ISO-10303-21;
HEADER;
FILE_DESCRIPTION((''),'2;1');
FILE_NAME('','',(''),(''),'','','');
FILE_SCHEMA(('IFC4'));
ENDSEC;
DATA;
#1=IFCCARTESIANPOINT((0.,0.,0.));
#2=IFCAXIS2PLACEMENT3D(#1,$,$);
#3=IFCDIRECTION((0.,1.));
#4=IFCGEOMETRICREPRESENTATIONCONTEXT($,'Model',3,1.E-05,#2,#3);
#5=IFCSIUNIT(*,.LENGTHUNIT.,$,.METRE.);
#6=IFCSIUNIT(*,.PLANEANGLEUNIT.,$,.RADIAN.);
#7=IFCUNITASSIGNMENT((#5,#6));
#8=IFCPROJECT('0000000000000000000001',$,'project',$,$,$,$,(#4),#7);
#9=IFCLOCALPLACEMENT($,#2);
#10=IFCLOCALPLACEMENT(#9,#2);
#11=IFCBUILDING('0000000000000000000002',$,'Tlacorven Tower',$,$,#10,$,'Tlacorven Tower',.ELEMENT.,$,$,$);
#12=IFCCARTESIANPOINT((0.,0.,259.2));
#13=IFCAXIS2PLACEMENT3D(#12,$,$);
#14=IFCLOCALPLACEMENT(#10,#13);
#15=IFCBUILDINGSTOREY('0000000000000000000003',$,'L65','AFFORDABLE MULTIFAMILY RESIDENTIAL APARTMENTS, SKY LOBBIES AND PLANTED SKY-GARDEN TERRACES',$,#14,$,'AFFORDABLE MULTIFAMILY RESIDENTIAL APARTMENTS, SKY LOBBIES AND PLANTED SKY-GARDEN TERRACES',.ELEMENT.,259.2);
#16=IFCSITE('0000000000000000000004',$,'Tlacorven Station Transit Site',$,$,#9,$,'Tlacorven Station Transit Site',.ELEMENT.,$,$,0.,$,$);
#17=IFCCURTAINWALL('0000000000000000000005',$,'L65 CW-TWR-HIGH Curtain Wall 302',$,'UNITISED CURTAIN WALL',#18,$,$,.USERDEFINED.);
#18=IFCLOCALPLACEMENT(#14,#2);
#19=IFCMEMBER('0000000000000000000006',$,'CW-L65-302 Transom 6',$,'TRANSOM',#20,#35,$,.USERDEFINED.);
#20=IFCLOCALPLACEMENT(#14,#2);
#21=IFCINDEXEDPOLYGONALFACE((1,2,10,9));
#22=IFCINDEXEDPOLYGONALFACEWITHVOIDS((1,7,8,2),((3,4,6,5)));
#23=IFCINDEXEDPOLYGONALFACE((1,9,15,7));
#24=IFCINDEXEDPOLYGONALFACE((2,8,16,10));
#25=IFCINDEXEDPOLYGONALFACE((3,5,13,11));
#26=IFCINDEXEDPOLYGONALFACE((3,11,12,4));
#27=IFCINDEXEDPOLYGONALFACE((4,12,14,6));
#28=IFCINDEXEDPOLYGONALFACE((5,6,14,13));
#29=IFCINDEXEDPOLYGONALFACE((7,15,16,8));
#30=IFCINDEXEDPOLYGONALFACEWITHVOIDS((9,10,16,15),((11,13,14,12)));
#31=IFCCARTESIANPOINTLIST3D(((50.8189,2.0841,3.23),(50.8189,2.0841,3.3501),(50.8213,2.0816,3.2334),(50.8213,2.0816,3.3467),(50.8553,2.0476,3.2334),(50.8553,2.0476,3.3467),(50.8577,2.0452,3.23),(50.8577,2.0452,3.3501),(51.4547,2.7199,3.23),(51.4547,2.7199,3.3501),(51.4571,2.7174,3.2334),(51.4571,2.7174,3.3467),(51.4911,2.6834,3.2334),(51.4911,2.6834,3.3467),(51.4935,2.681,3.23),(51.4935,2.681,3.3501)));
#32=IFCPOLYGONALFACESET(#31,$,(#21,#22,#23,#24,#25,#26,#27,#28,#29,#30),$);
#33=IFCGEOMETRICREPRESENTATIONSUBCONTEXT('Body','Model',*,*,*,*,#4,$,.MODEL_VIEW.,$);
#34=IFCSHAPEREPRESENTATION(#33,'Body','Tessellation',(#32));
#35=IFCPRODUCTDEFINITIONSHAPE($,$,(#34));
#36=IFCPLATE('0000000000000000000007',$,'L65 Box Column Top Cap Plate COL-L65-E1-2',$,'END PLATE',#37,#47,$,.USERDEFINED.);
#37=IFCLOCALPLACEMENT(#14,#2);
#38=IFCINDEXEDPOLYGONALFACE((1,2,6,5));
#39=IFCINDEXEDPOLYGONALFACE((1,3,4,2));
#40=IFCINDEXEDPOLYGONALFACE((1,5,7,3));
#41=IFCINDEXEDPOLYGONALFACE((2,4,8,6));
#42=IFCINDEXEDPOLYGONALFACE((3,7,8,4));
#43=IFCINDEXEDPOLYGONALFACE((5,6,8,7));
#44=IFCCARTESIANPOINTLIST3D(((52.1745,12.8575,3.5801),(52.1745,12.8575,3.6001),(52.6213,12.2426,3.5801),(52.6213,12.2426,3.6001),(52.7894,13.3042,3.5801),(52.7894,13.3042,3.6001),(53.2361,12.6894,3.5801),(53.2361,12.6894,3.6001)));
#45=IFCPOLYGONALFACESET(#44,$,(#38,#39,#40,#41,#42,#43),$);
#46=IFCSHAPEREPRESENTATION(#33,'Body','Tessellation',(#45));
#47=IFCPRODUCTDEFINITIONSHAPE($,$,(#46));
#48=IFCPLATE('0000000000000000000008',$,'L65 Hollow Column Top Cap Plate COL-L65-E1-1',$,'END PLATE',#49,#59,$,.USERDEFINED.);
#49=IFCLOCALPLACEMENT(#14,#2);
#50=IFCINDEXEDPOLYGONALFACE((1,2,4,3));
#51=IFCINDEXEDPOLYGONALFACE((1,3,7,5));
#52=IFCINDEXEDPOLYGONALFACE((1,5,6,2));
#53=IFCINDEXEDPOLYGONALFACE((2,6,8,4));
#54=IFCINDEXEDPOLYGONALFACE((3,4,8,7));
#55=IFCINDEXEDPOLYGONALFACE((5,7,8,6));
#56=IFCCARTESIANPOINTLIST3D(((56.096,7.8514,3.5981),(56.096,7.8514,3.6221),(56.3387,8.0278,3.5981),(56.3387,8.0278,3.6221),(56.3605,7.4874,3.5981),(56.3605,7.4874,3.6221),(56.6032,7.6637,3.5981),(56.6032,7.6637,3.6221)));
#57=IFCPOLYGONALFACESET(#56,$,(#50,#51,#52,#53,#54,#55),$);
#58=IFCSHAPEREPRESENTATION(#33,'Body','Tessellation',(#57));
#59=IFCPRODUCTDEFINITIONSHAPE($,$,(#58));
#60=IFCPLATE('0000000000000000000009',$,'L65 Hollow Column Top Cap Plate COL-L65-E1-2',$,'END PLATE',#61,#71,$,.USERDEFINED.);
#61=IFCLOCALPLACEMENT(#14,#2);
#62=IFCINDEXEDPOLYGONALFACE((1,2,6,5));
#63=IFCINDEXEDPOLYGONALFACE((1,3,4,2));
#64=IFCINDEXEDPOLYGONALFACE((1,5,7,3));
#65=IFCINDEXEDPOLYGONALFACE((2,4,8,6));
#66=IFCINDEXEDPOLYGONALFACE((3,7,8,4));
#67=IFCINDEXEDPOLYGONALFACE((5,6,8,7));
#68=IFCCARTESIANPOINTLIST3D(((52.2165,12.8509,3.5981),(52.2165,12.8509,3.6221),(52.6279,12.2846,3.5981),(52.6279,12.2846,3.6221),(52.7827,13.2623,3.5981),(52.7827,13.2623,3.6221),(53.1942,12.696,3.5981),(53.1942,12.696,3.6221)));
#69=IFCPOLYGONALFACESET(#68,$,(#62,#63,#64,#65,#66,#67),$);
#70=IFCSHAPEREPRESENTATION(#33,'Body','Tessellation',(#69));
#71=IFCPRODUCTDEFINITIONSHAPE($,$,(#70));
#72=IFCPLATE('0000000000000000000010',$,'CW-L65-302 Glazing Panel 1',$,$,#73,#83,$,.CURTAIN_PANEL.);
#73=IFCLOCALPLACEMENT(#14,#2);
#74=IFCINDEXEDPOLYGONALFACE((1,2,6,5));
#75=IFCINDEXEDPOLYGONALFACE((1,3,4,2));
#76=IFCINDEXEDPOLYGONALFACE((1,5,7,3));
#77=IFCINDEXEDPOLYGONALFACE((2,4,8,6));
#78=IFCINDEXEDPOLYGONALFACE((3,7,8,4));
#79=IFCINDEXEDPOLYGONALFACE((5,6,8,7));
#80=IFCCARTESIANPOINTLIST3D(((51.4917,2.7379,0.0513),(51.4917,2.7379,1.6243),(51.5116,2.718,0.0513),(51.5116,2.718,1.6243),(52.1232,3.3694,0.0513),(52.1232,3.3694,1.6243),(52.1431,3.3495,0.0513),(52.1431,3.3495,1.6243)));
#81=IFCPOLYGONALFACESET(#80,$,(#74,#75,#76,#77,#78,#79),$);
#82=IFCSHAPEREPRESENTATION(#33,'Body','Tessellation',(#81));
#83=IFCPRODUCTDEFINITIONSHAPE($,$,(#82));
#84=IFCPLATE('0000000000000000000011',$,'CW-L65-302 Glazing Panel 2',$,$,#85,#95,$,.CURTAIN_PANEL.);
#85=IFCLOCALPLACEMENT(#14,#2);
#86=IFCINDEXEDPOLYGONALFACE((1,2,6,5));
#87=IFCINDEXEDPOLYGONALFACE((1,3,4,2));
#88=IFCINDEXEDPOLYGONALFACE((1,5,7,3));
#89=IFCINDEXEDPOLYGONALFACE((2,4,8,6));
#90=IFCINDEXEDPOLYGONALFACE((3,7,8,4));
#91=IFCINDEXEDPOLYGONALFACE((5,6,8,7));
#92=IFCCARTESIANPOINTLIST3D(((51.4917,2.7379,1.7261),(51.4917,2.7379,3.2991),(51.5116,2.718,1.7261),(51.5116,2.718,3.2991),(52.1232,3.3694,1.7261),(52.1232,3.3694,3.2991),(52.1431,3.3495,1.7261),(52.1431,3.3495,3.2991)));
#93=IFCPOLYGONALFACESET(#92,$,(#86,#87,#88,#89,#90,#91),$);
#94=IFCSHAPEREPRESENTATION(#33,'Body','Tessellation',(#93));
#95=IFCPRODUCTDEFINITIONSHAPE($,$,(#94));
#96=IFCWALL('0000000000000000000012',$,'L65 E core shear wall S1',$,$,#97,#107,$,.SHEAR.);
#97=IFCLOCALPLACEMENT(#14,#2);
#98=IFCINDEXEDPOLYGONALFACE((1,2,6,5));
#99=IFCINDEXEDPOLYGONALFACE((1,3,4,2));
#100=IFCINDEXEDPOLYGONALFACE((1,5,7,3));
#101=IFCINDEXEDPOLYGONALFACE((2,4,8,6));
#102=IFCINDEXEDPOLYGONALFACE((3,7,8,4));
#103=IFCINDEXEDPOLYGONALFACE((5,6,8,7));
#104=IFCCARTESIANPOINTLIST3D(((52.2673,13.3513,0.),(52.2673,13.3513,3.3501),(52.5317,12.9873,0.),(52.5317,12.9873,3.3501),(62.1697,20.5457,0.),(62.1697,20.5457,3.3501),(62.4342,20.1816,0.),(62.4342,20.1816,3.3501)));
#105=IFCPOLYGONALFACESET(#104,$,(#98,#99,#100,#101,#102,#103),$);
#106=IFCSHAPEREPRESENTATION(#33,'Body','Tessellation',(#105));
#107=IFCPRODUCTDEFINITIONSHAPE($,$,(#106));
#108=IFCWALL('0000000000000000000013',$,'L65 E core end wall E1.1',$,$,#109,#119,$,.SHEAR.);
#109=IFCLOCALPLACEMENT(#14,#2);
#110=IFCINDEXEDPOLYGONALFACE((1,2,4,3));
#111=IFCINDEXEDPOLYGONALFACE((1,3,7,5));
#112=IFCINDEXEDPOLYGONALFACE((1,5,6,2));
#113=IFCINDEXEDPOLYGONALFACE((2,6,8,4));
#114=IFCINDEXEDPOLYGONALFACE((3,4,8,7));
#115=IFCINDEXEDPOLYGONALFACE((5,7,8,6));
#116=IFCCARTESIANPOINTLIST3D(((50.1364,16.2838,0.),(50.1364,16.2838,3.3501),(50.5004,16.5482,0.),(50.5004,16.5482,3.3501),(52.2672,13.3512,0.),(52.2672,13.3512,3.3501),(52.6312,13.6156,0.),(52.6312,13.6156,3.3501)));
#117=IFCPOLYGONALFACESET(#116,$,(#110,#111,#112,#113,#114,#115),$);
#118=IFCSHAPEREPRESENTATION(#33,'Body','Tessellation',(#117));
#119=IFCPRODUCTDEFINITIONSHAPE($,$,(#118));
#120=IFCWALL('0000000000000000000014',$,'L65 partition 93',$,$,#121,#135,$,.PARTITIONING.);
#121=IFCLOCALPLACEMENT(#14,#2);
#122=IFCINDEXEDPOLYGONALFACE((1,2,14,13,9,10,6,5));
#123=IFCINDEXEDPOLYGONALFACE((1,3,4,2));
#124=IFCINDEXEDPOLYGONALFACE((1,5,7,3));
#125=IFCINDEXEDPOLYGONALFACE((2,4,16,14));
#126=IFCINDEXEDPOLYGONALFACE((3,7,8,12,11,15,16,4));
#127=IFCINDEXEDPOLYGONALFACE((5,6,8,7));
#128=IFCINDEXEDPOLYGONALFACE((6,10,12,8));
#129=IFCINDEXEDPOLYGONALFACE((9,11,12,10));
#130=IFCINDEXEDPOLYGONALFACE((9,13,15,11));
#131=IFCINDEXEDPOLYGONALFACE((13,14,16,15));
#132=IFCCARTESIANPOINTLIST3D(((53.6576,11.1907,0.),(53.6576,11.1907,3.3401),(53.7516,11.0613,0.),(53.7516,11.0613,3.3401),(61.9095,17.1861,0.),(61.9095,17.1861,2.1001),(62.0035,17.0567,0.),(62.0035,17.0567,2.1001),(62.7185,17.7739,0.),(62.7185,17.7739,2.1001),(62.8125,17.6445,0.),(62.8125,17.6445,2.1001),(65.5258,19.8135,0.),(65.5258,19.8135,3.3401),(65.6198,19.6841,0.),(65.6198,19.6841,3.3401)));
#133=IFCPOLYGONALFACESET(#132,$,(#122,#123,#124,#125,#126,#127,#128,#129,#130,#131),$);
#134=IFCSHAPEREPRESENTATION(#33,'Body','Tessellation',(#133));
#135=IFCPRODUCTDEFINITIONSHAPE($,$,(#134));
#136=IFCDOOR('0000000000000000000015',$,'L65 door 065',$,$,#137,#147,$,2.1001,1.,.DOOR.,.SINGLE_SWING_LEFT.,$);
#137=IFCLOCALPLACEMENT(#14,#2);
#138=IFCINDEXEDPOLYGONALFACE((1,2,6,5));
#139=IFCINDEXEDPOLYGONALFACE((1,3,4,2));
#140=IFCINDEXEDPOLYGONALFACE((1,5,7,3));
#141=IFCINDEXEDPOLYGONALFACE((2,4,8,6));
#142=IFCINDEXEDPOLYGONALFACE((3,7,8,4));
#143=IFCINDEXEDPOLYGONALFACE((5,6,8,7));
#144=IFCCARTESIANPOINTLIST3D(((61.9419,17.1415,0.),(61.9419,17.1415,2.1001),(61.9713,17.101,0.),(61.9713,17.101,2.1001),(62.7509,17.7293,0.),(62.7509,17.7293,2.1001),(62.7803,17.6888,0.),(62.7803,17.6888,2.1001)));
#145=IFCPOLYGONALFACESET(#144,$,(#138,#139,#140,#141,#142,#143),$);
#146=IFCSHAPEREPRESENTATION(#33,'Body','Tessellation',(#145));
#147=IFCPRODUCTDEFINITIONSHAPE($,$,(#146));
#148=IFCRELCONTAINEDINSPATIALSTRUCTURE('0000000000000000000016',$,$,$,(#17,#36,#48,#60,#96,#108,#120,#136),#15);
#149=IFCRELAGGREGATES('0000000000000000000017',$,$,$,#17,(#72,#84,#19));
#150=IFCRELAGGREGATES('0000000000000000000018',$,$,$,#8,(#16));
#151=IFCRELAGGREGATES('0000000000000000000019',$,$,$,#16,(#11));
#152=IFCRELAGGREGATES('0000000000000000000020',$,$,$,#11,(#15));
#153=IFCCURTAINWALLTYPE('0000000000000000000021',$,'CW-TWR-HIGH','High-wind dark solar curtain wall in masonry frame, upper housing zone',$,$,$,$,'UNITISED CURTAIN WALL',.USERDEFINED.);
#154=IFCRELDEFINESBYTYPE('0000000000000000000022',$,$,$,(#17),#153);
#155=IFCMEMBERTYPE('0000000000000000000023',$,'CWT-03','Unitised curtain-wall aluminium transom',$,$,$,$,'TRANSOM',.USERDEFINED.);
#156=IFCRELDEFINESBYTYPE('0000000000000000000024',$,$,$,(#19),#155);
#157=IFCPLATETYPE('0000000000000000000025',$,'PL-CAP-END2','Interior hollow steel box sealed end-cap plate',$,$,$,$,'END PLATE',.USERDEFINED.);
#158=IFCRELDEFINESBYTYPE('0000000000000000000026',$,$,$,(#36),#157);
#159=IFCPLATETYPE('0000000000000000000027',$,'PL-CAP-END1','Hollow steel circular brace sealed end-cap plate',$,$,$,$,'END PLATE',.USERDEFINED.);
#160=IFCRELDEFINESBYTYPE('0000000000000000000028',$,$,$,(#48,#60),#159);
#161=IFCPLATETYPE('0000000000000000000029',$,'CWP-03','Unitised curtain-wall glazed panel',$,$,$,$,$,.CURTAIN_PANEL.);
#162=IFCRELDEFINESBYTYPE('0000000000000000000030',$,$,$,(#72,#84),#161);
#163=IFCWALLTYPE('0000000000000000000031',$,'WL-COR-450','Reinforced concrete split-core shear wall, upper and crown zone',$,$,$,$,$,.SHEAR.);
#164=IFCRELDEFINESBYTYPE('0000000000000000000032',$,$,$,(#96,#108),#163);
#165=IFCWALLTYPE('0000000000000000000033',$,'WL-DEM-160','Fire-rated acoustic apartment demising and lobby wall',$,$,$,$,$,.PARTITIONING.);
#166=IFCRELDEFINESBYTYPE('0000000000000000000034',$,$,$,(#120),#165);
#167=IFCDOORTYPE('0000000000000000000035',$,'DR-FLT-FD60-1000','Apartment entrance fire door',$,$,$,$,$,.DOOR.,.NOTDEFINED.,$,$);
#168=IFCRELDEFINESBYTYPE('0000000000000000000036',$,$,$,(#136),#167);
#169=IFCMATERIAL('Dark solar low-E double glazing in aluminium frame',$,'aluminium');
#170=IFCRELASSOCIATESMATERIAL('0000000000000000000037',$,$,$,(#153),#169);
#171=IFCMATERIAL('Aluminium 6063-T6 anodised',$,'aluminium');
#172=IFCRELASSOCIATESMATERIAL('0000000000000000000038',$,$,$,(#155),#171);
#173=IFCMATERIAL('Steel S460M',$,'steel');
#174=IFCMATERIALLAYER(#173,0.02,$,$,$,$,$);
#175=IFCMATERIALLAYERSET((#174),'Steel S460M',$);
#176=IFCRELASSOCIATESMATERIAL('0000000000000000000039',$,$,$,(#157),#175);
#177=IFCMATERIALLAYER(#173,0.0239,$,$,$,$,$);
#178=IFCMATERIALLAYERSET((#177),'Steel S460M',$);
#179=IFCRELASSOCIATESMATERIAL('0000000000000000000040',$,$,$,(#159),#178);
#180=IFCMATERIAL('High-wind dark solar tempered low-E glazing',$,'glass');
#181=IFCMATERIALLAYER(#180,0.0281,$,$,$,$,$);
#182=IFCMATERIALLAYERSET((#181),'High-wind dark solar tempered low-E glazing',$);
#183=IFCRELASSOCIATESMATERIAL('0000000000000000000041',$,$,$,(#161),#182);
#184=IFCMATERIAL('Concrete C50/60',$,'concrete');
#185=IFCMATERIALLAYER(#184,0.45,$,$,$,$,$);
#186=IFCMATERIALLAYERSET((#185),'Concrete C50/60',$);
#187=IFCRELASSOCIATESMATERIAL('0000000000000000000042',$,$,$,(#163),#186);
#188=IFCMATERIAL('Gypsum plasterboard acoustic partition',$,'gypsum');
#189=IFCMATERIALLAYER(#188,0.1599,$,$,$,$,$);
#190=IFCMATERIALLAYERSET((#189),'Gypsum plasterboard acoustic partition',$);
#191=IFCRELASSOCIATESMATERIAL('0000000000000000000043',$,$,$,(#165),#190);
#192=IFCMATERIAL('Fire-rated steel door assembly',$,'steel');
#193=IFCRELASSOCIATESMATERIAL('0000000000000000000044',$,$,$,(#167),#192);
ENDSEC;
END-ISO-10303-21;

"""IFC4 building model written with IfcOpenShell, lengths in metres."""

from ifc_helpers import new_model, si_unit, direction, frame, frame_2d, origin, origin_2d, place, context, subcontext, project, spatial, rectangle, hollow_rectangle, extrude, source, transform, mapped, material, layer, layer_set, material_profile, profile_set, type_object, element, fill, aggregate, save


model = new_model("IFC4")

# Units and contexts
model_context = context("Model", 3, precision=1e-05, world=origin(), true_north=direction((0.0, 1.0)))
body_context = subcontext(model_context, "Body", "Model", "MODEL_VIEW")
ifc_project = project(units=[si_unit("LENGTHUNIT", "METRE"), si_unit("PLANEANGLEUNIT", "RADIAN")], contexts=[model_context])

# Site, building, storey
site_placement = place(None, origin())
site = spatial("IfcSite", under=ifc_project, at=site_placement, Name="Tlacorven Station Transit Site", LongName="Tlacorven Station Transit Site", CompositionType="ELEMENT", RefElevation=0.0)
building_placement = place(site_placement, origin())
building = spatial("IfcBuilding", under=site, at=building_placement, Name="Tlacorven Tower", LongName="Tlacorven Tower", CompositionType="ELEMENT")
storey_placement = place(building_placement, frame((0.0, 0.0, 259.2)))
storey = spatial("IfcBuildingStorey", under=building, at=storey_placement, Name="L65", Description="AFFORDABLE MULTIFAMILY RESIDENTIAL APARTMENTS, SKY LOBBIES AND PLANTED SKY-GARDEN TERRACES", LongName="AFFORDABLE MULTIFAMILY RESIDENTIAL APARTMENTS, SKY LOBBIES AND PLANTED SKY-GARDEN TERRACES", CompositionType="ELEMENT", Elevation=259.2)

# Shared definitions
ifc_material_1 = material(Name="Steel S460M", Category="steel")

# Curtain wall, member
ifc_material_2 = material(Name="Dark solar low-E double glazing in aluminium frame", Category="aluminium")
curtain_wall_type = type_object("IfcCurtainWallType", Name="CW-TWR-HIGH", Description="High-wind dark solar curtain wall in masonry frame, upper housing zone", ElementType="UNITISED CURTAIN WALL", PredefinedType="USERDEFINED", material=ifc_material_2)
curtain_wall_placement = place(storey_placement, origin())
curtain_wall = element("IfcCurtainWall", 1, at=curtain_wall_placement, inside=storey, type_object=curtain_wall_type, Name="L65 CW-TWR-HIGH Curtain Wall 302", ObjectType="UNITISED CURTAIN WALL", PredefinedType="USERDEFINED")
ifc_material_3 = material(Name="Aluminium 6063-T6 anodised", Category="aluminium")
ifc_material_profile_1 = material_profile(ifc_material_3, hollow_rectangle(XDim=0.0549, YDim=0.1201, WallThickness=0.0034, at=origin_2d()), Name="ALU TRANSOM 55X120")
ifc_profile_set_1 = profile_set([ifc_material_profile_1], Name="Aluminium 6063-T6 anodised")
member_type_1 = type_object("IfcMemberType", Name="CWT-03", Description="Unitised curtain-wall aluminium transom", ElementType="TRANSOM", PredefinedType="USERDEFINED", material=ifc_profile_set_1)
shared_shape_1 = source(origin(), body_context, "Body", "SweptSolid", [
    extrude(hollow_rectangle(XDim=0.0549, YDim=0.1201, WallThickness=0.0034, at=origin_2d()), origin(), (0.0, 0.0, 1.0), 0.8992),
])
member_1_placement = place(storey_placement, frame((51.4741, 2.7004, 3.29), z_axis=(-0.707107, -0.707107, 0.0), x_axis=(0.707107, -0.707107, 0.0)))
member_1 = element("IfcMember", 2, at=member_1_placement, type_object=member_type_1, Name="CW-L65-302 Transom 6", ObjectType="TRANSOM", PredefinedType="USERDEFINED", context=body_context, shape_type="MappedRepresentation", body=[
    mapped(shared_shape_1, transform((0.0, 0.0, 0.0), scale=1.0)),
])

# Plates
ifc_layer_1 = layer(ifc_material_1, 0.02)
ifc_layer_set_1 = layer_set([ifc_layer_1], Name="Steel S460M")
plate_type_1 = type_object("IfcPlateType", Name="PL-CAP-END2", Description="Interior hollow steel box sealed end-cap plate", ElementType="END PLATE", PredefinedType="USERDEFINED", material=ifc_layer_set_1)
shared_shape_2 = source(origin(), body_context, "Body", "SweptSolid", [
    extrude(rectangle(XDim=0.76, YDim=0.76, at=origin_2d()), origin(), (0.0, 0.0, 1.0), 0.02),
])
plate_1_placement = place(storey_placement, frame((52.7053, 12.7734, 3.5801), z_axis=(0.0, 0.0, 1.0), x_axis=(0.809017, 0.587785, 0.0)))
element("IfcPlate", 3, at=plate_1_placement, inside=storey, type_object=plate_type_1, Name="L65 Box Column Top Cap Plate COL-L65-E1-2", ObjectType="END PLATE", PredefinedType="USERDEFINED", context=body_context, shape_type="MappedRepresentation", body=[
    mapped(shared_shape_2, transform((0.0, 0.0, 0.0), scale=1.0)),
])
ifc_layer_2 = layer(ifc_material_1, 0.0239)
ifc_layer_set_2 = layer_set([ifc_layer_2], Name="Steel S460M")
plate_type_2 = type_object("IfcPlateType", Name="PL-CAP-END1", Description="Hollow steel circular brace sealed end-cap plate", ElementType="END PLATE", PredefinedType="USERDEFINED", material=ifc_layer_set_2)
shared_shape_3 = source(origin(), body_context, "Body", "SweptSolid", [
    extrude(rectangle(XDim=0.3, YDim=0.45, at=origin_2d()), origin(), (0.0, 0.0, 1.0), 0.0239),
])
plate_2_placement = place(storey_placement, frame((56.3496, 7.7576, 3.5981), z_axis=(0.0, 0.0, 1.0), x_axis=(0.809017, 0.587785, 0.0)))
element("IfcPlate", 4, at=plate_2_placement, inside=storey, type_object=plate_type_2, Name="L65 Hollow Column Top Cap Plate COL-L65-E1-1", ObjectType="END PLATE", PredefinedType="USERDEFINED", context=body_context, shape_type="MappedRepresentation", body=[
    mapped(shared_shape_3, transform((0.0, 0.0, 0.0), scale=1.0)),
])
shared_shape_4 = source(origin(), body_context, "Body", "SweptSolid", [
    extrude(rectangle(XDim=0.7, YDim=0.7, at=origin_2d()), origin(), (0.0, 0.0, 1.0), 0.0239),
])
plate_3_placement = place(storey_placement, frame((52.7053, 12.7734, 3.5981), z_axis=(0.0, 0.0, 1.0), x_axis=(0.809017, 0.587785, 0.0)))
element("IfcPlate", 5, at=plate_3_placement, inside=storey, type_object=plate_type_2, Name="L65 Hollow Column Top Cap Plate COL-L65-E1-2", ObjectType="END PLATE", PredefinedType="USERDEFINED", context=body_context, shape_type="MappedRepresentation", body=[
    mapped(shared_shape_4, transform((0.0, 0.0, 0.0), scale=1.0)),
])

# Plates
ifc_material_4 = material(Name="High-wind dark solar tempered low-E glazing", Category="glass")
ifc_layer_3 = layer(ifc_material_4, 0.0281)
ifc_layer_set_3 = layer_set([ifc_layer_3], Name="High-wind dark solar tempered low-E glazing")
plate_type_3 = type_object("IfcPlateType", Name="CWP-03", Description="Unitised curtain-wall glazed panel", PredefinedType="CURTAIN_PANEL", material=ifc_layer_set_3)
shared_shape_5 = source(origin(), body_context, "Body", "SweptSolid", [
    extrude(rectangle(XDim=0.8931, YDim=0.0281, at=origin_2d()), origin(), (0.0, 0.0, 1.0), 1.573),
])
plate_4_placement = place(storey_placement, frame((51.8174, 3.0437, 0.0513), z_axis=(0.0, 0.0, 1.0), x_axis=(-0.707107, -0.707107, 0.0)))
plate_4 = element("IfcPlate", 6, at=plate_4_placement, type_object=plate_type_3, Name="CW-L65-302 Glazing Panel 1", PredefinedType="CURTAIN_PANEL", context=body_context, shape_type="MappedRepresentation", body=[
    mapped(shared_shape_5, transform((0.0, 0.0, 0.0), scale=1.0)),
])
plate_5_placement = place(storey_placement, frame((51.8174, 3.0437, 1.7261), z_axis=(0.0, 0.0, 1.0), x_axis=(-0.707107, -0.707107, 0.0)))
plate_5 = element("IfcPlate", 7, at=plate_5_placement, type_object=plate_type_3, Name="CW-L65-302 Glazing Panel 2", PredefinedType="CURTAIN_PANEL", context=body_context, shape_type="MappedRepresentation", body=[
    mapped(shared_shape_5, transform((0.0, 0.0, 0.0), scale=1.0)),
])
aggregate(curtain_wall, [plate_4, plate_5, member_1])

# Walls
ifc_material_5 = material(Name="Concrete C50/60", Category="concrete")
ifc_layer_4 = layer(ifc_material_5, 0.45)
ifc_layer_set_4 = layer_set([ifc_layer_4], Name="Concrete C50/60")
wall_type_1 = type_object("IfcWallType", Name="WL-COR-450", Description="Reinforced concrete split-core shear wall, upper and crown zone", PredefinedType="SHEAR", material=ifc_layer_set_4)
wall_1_placement = place(storey_placement, frame((52.3994, 13.1692, 0.0), z_axis=(0.0, 0.0, 1.0), x_axis=(0.809022, 0.587778, 0.0)))
element("IfcWall", 8, at=wall_1_placement, inside=storey, type_object=wall_type_1, Name="L65 E core shear wall S1", PredefinedType="SHEAR", context=body_context, shape_type="SweptSolid", body=[
    extrude(rectangle(XDim=12.24, YDim=0.45, at=frame_2d((6.1201, 0.0))), origin(), (0.0, 0.0, 1.0), 3.3501),
])
wall_2_placement = place(storey_placement, frame((52.4492, 13.4834, 0.0), z_axis=(0.0, 0.0, 1.0), x_axis=(-0.587819, 0.808992, 0.0)))
element("IfcWall", 9, at=wall_2_placement, inside=storey, type_object=wall_type_1, Name="L65 E core end wall E1.1", PredefinedType="SHEAR", context=body_context, shape_type="SweptSolid", body=[
    extrude(rectangle(XDim=3.625, YDim=0.45, at=frame_2d((1.8125, 0.0))), origin(), (0.0, 0.0, 1.0), 3.3501),
])

# Wall, opening, door
ifc_material_6 = material(Name="Gypsum plasterboard acoustic partition", Category="gypsum")
ifc_layer_5 = layer(ifc_material_6, 0.1599)
ifc_layer_set_5 = layer_set([ifc_layer_5], Name="Gypsum plasterboard acoustic partition")
wall_type_2 = type_object("IfcWallType", Name="WL-DEM-160", Description="Fire-rated acoustic apartment demising and lobby wall", PredefinedType="PARTITIONING", material=ifc_layer_set_5)
wall_3_placement = place(storey_placement, frame((53.7046, 11.126, 0.0), z_axis=(0.0, 0.0, 1.0), x_axis=(0.809015, 0.587789, 0.0)))
wall_3 = element("IfcWall", 10, at=wall_3_placement, inside=storey, type_object=wall_type_2, Name="L65 partition 93", PredefinedType="PARTITIONING", context=body_context, shape_type="SweptSolid", body=[
    extrude(rectangle(XDim=14.6699, YDim=0.1599, at=frame_2d((7.335, 0.0))), origin(), (0.0, 0.0, 1.0), 3.3401),
])
opening_1_placement = place(wall_3_placement, frame((10.2, 0.0, 0.0)))
opening_1 = element("IfcOpeningElement", 11, at=opening_1_placement, cuts=wall_3, PredefinedType="OPENING", context=body_context, shape_type="SweptSolid", body=[
    extrude(rectangle(XDim=1.0, YDim=2.1001, at=frame_2d((0.5, 1.05))), frame((0.0, 0.0898, 0.0), z_axis=(0.0, -1.0, 0.0), x_axis=(1.0, 0.0, 0.0)), (0.0, 0.0, 1.0), 0.1799),
])
ifc_material_7 = material(Name="Fire-rated steel door assembly", Category="steel")
door_type_1 = type_object("IfcDoorType", Name="DR-FLT-FD60-1000", Description="Apartment entrance fire door", OperationType="NOTDEFINED", PredefinedType="DOOR", material=ifc_material_7)
shared_shape_6 = source(origin(), body_context, "Body", "SweptSolid", [
    extrude(rectangle(XDim=1.0, YDim=2.1001, at=frame_2d((0.5, 1.05))), frame((0.0, 0.0249, 0.0), z_axis=(0.0, -1.0, 0.0), x_axis=(1.0, 0.0, 0.0)), (0.0, 0.0, 1.0), 0.05),
])
door_1_placement = place(opening_1_placement, origin())
door_1 = element("IfcDoor", 12, at=door_1_placement, inside=storey, type_object=door_type_1, Name="L65 door 065", OperationType="SINGLE_SWING_LEFT", OverallHeight=2.1001, OverallWidth=1.0, PredefinedType="DOOR", context=body_context, shape_type="MappedRepresentation", body=[
    mapped(shared_shape_6, transform((0.0, 0.0, 0.0), scale=1.0)),
])
fill(opening_1, door_1)

save(model, "model.ifc")
